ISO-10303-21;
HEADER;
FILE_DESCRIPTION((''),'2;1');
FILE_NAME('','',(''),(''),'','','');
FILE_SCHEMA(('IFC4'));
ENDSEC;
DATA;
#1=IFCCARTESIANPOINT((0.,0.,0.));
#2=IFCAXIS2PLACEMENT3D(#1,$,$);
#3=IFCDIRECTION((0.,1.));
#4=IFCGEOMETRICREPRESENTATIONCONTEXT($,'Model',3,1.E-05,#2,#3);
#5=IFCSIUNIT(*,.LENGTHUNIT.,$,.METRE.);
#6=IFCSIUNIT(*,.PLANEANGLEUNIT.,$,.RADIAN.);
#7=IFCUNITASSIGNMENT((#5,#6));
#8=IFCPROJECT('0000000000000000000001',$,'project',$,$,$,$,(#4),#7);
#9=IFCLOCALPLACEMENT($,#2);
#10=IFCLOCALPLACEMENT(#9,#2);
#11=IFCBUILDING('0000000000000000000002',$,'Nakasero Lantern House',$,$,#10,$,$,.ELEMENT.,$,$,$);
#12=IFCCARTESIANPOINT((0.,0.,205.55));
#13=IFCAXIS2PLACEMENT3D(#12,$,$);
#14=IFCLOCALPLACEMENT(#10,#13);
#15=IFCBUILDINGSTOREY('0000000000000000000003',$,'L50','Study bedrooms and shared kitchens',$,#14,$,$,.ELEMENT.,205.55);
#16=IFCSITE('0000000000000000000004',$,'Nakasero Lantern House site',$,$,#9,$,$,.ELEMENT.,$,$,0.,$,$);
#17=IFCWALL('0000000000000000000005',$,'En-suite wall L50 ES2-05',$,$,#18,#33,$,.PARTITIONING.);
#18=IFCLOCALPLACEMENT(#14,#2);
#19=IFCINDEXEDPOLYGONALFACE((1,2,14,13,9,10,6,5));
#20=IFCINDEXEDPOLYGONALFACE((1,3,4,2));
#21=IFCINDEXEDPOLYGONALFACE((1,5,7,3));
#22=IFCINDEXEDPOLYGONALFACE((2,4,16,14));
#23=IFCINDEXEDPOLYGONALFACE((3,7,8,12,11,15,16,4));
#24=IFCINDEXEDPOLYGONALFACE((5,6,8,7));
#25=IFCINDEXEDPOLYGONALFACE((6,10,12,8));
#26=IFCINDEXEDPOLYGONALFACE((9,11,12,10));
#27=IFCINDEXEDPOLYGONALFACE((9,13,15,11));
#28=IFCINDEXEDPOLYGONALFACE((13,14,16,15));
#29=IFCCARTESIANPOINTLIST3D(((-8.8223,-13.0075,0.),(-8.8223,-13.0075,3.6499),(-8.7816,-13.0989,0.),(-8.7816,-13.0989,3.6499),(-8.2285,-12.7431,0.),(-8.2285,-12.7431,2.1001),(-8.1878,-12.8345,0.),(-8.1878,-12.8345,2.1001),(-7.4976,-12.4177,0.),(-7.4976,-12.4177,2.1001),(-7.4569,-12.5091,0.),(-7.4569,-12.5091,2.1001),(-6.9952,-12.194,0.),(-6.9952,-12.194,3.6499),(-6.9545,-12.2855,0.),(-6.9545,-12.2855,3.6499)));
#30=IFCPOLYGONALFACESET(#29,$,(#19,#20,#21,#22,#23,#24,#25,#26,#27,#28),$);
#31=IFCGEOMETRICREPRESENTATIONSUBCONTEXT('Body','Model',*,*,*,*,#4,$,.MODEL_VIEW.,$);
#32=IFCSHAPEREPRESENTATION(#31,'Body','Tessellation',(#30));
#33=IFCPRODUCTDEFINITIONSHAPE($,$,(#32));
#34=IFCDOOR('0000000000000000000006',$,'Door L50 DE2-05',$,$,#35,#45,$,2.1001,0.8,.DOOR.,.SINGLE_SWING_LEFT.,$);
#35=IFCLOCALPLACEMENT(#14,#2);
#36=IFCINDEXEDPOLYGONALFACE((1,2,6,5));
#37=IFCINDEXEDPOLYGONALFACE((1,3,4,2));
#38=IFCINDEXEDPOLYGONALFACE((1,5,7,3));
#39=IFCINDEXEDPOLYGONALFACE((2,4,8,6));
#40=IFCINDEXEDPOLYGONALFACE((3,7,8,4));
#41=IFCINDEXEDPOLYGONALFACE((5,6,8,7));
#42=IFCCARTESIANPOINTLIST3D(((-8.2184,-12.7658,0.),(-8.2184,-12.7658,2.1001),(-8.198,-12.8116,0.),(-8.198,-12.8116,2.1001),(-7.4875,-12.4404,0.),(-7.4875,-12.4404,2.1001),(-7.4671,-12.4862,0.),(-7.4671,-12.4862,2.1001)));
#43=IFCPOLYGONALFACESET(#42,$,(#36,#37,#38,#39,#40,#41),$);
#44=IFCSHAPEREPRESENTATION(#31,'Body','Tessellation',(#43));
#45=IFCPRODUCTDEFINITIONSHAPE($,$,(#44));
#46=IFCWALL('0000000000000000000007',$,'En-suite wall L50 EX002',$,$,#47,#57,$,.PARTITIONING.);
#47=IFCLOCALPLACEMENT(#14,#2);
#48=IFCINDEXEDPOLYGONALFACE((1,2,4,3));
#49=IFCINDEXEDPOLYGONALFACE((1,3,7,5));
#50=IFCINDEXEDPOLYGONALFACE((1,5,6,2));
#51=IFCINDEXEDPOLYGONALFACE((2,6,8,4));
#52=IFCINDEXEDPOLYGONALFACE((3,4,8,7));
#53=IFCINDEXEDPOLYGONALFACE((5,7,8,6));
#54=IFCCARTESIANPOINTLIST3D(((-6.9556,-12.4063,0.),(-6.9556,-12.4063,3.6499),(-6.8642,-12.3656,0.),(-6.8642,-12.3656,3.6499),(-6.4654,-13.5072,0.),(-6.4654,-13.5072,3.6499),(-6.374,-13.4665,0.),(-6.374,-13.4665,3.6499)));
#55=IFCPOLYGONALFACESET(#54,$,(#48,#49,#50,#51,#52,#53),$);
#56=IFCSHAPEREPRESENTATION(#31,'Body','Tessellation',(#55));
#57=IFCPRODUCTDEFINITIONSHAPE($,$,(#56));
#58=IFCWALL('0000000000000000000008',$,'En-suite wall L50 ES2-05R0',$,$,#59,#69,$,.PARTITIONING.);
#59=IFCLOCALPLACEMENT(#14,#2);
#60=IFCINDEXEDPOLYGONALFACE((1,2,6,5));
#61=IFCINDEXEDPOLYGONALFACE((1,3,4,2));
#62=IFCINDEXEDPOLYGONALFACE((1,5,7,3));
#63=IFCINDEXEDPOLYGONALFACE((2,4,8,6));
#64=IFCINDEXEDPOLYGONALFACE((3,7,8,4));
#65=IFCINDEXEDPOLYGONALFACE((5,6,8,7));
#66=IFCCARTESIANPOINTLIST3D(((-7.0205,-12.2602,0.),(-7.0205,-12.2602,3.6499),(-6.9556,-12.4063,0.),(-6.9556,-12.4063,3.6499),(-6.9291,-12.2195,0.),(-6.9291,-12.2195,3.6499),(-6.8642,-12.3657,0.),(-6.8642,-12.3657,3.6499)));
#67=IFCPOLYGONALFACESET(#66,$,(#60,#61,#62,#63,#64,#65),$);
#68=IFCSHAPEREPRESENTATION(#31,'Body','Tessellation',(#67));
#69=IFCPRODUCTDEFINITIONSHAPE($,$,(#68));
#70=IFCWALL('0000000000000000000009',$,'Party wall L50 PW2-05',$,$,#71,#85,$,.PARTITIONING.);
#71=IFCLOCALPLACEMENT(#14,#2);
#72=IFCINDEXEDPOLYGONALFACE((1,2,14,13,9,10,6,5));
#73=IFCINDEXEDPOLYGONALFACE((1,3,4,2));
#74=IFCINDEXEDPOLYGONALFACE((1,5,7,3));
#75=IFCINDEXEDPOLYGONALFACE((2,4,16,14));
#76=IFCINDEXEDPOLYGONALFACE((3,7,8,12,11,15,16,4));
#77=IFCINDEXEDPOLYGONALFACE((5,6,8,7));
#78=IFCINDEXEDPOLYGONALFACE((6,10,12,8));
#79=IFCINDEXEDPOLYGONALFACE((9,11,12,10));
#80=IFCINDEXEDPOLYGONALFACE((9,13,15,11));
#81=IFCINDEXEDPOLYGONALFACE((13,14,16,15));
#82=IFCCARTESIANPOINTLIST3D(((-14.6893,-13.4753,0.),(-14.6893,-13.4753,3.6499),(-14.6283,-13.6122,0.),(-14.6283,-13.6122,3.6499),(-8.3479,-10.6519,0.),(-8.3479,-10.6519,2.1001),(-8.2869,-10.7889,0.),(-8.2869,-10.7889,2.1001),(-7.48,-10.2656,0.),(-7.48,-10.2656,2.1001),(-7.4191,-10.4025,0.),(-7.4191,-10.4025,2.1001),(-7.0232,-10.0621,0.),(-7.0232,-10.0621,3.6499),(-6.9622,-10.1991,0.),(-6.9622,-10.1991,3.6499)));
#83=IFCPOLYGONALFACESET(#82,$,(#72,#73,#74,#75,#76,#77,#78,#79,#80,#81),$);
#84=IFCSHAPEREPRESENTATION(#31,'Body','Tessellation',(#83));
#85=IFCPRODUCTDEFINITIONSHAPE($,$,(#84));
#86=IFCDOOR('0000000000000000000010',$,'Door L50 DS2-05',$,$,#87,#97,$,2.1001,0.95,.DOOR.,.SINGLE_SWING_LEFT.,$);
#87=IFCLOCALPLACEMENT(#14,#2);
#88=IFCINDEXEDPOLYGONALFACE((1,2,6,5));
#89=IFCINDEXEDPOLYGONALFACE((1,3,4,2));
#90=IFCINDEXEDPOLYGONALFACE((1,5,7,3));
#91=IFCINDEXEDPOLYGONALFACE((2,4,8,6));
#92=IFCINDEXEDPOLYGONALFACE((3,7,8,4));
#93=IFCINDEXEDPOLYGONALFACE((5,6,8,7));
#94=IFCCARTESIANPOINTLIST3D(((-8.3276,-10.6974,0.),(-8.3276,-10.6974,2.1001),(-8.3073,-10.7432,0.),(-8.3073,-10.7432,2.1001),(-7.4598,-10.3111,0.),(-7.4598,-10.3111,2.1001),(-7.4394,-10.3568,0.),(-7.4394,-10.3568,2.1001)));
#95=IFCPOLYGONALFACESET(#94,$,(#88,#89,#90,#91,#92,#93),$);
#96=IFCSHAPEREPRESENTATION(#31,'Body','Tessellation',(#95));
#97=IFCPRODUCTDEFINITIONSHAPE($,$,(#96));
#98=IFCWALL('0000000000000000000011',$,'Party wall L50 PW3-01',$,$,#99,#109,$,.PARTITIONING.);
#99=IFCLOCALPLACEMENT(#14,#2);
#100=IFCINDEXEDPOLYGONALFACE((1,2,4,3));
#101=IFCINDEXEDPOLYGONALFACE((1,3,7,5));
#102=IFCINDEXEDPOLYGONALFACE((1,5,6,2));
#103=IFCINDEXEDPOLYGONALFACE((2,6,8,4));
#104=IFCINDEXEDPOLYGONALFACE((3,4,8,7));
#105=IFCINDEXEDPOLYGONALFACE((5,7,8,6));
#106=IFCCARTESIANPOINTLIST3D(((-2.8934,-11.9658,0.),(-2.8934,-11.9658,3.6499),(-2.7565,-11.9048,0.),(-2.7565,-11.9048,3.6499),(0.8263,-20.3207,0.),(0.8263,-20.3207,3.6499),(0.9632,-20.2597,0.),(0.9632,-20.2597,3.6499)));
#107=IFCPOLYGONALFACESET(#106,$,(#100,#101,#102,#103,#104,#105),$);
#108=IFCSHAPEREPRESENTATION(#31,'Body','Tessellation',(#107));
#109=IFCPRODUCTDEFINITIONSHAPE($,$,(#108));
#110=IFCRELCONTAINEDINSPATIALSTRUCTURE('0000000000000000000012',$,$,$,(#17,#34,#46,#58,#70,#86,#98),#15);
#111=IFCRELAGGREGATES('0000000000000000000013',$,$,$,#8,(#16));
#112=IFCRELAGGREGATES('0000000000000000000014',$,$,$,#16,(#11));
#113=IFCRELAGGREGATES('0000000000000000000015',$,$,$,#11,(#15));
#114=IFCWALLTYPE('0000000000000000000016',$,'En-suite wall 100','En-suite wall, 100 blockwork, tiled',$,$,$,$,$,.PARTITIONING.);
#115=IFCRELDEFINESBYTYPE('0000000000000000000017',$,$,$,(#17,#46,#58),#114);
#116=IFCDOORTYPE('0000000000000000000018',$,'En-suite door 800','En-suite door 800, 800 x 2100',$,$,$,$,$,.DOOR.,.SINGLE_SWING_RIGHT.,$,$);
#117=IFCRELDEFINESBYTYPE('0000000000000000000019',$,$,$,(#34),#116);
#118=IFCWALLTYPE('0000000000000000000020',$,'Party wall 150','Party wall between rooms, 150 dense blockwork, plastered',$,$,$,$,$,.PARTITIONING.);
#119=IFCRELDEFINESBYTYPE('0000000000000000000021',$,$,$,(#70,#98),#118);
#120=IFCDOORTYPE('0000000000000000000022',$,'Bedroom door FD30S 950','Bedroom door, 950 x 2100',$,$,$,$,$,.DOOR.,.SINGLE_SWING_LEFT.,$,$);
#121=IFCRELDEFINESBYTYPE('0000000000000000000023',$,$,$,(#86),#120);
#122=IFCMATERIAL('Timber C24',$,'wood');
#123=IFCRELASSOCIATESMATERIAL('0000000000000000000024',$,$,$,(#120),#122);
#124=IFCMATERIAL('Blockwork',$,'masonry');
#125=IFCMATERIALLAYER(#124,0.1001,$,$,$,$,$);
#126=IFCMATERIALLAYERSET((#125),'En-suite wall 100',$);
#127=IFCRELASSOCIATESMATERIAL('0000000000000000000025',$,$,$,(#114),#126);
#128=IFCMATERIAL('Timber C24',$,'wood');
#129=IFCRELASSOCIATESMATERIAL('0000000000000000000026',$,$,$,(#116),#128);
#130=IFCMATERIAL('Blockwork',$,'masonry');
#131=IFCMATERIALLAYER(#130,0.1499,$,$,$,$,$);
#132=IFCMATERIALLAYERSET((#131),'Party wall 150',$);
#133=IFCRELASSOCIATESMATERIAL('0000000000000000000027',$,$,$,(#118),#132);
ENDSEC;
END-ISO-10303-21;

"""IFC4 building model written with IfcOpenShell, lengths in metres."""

from ifc_helpers import new_model, si_unit, direction, frame, frame_2d, origin, place, context, subcontext, project, spatial, rectangle, extrude, material, layer, layer_set, type_object, element, fill, save


model = new_model("IFC4")

# Units and contexts
model_context = context("Model", 3, precision=1e-05, world=origin(), true_north=direction((0.0, 1.0)))
body_context = subcontext(model_context, "Body", "Model", "MODEL_VIEW")
ifc_project = project(units=[si_unit("LENGTHUNIT", "METRE"), si_unit("PLANEANGLEUNIT", "RADIAN")], contexts=[model_context])

# Site, building, storey
site_placement = place(None, origin())
site = spatial("IfcSite", under=ifc_project, at=site_placement, Name="Nakasero Lantern House site", CompositionType="ELEMENT", RefElevation=0.0)
building_placement = place(site_placement, origin())
building = spatial("IfcBuilding", under=site, at=building_placement, Name="Nakasero Lantern House", CompositionType="ELEMENT")
storey_placement = place(building_placement, frame((0.0, 0.0, 205.55)))
storey = spatial("IfcBuildingStorey", under=building, at=storey_placement, Name="L50", Description="Study bedrooms and shared kitchens", CompositionType="ELEMENT", Elevation=205.55)

# Wall, opening, door
ifc_material_1 = material(Name="Timber C24", Category="wood")
door_type_1 = type_object("IfcDoorType", Name="Bedroom door FD30S 950", Description="Bedroom door, 950 x 2100", OperationType="SINGLE_SWING_LEFT", PredefinedType="DOOR", material=ifc_material_1)
ifc_material_2 = material(Name="Blockwork", Category="masonry")
ifc_layer_1 = layer(ifc_material_2, 0.1001)
ifc_layer_set_1 = layer_set([ifc_layer_1], Name="En-suite wall 100")
wall_type_1 = type_object("IfcWallType", Name="En-suite wall 100", Description="En-suite wall, 100 blockwork, tiled", PredefinedType="PARTITIONING", material=ifc_layer_set_1)
wall_1_placement = place(storey_placement, frame((-6.9749, -12.2397, 0.0), z_axis=(0.0, 0.0, 1.0), x_axis=(-0.91355, -0.406727, 0.0)))
wall_1 = element("IfcWall", 1, at=wall_1_placement, inside=storey, type_object=wall_type_1, Name="En-suite wall L50 ES2-05", PredefinedType="PARTITIONING", context=body_context, shape_type="SweptSolid", body=[
    extrude(rectangle(XDim=2.0, YDim=0.1001, at=frame_2d((1.0, 0.0))), origin(), (0.0, 0.0, 1.0), 3.6499),
])
opening_1_placement = place(wall_1_placement, frame((0.55, 0.0, 0.0)))
opening_1 = element("IfcOpeningElement", 2, at=opening_1_placement, cuts=wall_1, PredefinedType="OPENING", context=body_context, shape_type="SweptSolid", body=[
    extrude(rectangle(XDim=0.8, YDim=2.1001, at=frame_2d((0.3999, 1.05))), frame((0.0, 0.0701, 0.0), z_axis=(0.0, -1.0, 0.0), x_axis=(1.0, 0.0, 0.0)), (0.0, 0.0, 1.0), 0.1401),
])
ifc_material_3 = material(Name="Timber C24", Category="wood")
door_type_2 = type_object("IfcDoorType", Name="En-suite door 800", Description="En-suite door 800, 800 x 2100", OperationType="SINGLE_SWING_RIGHT", PredefinedType="DOOR", material=ifc_material_3)
door_1_placement = place(opening_1_placement, origin())
door_1 = element("IfcDoor", 3, at=door_1_placement, inside=storey, type_object=door_type_2, Name="Door L50 DE2-05", OperationType="SINGLE_SWING_LEFT", OverallHeight=2.1001, OverallWidth=0.8, PredefinedType="DOOR", context=body_context, shape_type="SweptSolid", body=[
    extrude(rectangle(XDim=0.8, YDim=2.1001, at=frame_2d((0.3999, 1.05))), frame((0.0, 0.0249, 0.0), z_axis=(0.0, -1.0, 0.0), x_axis=(1.0, 0.0, 0.0)), (0.0, 0.0, 1.0), 0.05),
])
fill(opening_1, door_1)

# Walls
wall_2_placement = place(storey_placement, frame((-6.4197, -13.4868, 0.0), z_axis=(0.0, 0.0, 1.0), x_axis=(-0.406815, 0.913511, 0.0)))
element("IfcWall", 4, at=wall_2_placement, inside=storey, type_object=wall_type_1, Name="En-suite wall L50 EX002", PredefinedType="PARTITIONING", context=body_context, shape_type="SweptSolid", body=[
    extrude(rectangle(XDim=1.2051, YDim=0.1001, at=frame_2d((0.6025, 0.0))), origin(), (0.0, 0.0, 1.0), 3.6499),
])
wall_3_placement = place(storey_placement, frame((-6.9749, -12.2397, 0.0), z_axis=(0.0, 0.0, 1.0), x_axis=(0.405855, -0.913937, 0.0)))
element("IfcWall", 5, at=wall_3_placement, inside=storey, type_object=wall_type_1, Name="En-suite wall L50 ES2-05R0", PredefinedType="PARTITIONING", context=body_context, shape_type="SweptSolid", body=[
    extrude(rectangle(XDim=0.1599, YDim=0.1001, at=frame_2d((0.0801, 0.0))), origin(), (0.0, 0.0, 1.0), 3.6499),
])

# Wall, opening, door
ifc_material_4 = material(Name="Blockwork", Category="masonry")
ifc_layer_2 = layer(ifc_material_4, 0.1499)
ifc_layer_set_2 = layer_set([ifc_layer_2], Name="Party wall 150")
wall_type_2 = type_object("IfcWallType", Name="Party wall 150", Description="Party wall between rooms, 150 dense blockwork, plastered", PredefinedType="PARTITIONING", material=ifc_layer_set_2)
wall_4_placement = place(storey_placement, frame((-6.9927, -10.1306, 0.0), z_axis=(0.0, 0.0, 1.0), x_axis=(-0.913547, -0.406732, 0.0)))
wall_4 = element("IfcWall", 6, at=wall_4_placement, inside=storey, type_object=wall_type_2, Name="Party wall L50 PW2-05", PredefinedType="PARTITIONING", context=body_context, shape_type="SweptSolid", body=[
    extrude(rectangle(XDim=8.3916, YDim=0.1499, at=frame_2d((4.1958, 0.0))), origin(), (0.0, 0.0, 1.0), 3.6499),
])
opening_2_placement = place(wall_4_placement, frame((0.5, 0.0, 0.0)))
opening_2 = element("IfcOpeningElement", 7, at=opening_2_placement, cuts=wall_4, PredefinedType="OPENING", context=body_context, shape_type="SweptSolid", body=[
    extrude(rectangle(XDim=0.95, YDim=2.1001, at=frame_2d((0.4751, 1.05))), frame((0.0, 0.095, 0.0), z_axis=(0.0, -1.0, 0.0), x_axis=(1.0, 0.0, 0.0)), (0.0, 0.0, 1.0), 0.1899),
])
door_2_placement = place(opening_2_placement, origin())
door_2 = element("IfcDoor", 8, at=door_2_placement, inside=storey, type_object=door_type_1, Name="Door L50 DS2-05", OperationType="SINGLE_SWING_LEFT", OverallHeight=2.1001, OverallWidth=0.95, PredefinedType="DOOR", context=body_context, shape_type="SweptSolid", body=[
    extrude(rectangle(XDim=0.95, YDim=2.1001, at=frame_2d((0.4751, 1.05))), frame((0.0, 0.0249, 0.0), z_axis=(0.0, -1.0, 0.0), x_axis=(1.0, 0.0, 0.0)), (0.0, 0.0, 1.0), 0.05),
])
fill(opening_2, door_2)

# Wall
wall_5_placement = place(storey_placement, frame((-2.825, -11.9353, 0.0), z_axis=(0.0, 0.0, 1.0), x_axis=(0.406723, -0.913552, 0.0)))
element("IfcWall", 9, at=wall_5_placement, inside=storey, type_object=wall_type_2, Name="Party wall L50 PW3-01", PredefinedType="PARTITIONING", context=body_context, shape_type="SweptSolid", body=[
    extrude(rectangle(XDim=9.1455, YDim=0.1499, at=frame_2d((4.5728, 0.0))), origin(), (0.0, 0.0, 1.0), 3.6499),
])

save(model, "model.ifc")
